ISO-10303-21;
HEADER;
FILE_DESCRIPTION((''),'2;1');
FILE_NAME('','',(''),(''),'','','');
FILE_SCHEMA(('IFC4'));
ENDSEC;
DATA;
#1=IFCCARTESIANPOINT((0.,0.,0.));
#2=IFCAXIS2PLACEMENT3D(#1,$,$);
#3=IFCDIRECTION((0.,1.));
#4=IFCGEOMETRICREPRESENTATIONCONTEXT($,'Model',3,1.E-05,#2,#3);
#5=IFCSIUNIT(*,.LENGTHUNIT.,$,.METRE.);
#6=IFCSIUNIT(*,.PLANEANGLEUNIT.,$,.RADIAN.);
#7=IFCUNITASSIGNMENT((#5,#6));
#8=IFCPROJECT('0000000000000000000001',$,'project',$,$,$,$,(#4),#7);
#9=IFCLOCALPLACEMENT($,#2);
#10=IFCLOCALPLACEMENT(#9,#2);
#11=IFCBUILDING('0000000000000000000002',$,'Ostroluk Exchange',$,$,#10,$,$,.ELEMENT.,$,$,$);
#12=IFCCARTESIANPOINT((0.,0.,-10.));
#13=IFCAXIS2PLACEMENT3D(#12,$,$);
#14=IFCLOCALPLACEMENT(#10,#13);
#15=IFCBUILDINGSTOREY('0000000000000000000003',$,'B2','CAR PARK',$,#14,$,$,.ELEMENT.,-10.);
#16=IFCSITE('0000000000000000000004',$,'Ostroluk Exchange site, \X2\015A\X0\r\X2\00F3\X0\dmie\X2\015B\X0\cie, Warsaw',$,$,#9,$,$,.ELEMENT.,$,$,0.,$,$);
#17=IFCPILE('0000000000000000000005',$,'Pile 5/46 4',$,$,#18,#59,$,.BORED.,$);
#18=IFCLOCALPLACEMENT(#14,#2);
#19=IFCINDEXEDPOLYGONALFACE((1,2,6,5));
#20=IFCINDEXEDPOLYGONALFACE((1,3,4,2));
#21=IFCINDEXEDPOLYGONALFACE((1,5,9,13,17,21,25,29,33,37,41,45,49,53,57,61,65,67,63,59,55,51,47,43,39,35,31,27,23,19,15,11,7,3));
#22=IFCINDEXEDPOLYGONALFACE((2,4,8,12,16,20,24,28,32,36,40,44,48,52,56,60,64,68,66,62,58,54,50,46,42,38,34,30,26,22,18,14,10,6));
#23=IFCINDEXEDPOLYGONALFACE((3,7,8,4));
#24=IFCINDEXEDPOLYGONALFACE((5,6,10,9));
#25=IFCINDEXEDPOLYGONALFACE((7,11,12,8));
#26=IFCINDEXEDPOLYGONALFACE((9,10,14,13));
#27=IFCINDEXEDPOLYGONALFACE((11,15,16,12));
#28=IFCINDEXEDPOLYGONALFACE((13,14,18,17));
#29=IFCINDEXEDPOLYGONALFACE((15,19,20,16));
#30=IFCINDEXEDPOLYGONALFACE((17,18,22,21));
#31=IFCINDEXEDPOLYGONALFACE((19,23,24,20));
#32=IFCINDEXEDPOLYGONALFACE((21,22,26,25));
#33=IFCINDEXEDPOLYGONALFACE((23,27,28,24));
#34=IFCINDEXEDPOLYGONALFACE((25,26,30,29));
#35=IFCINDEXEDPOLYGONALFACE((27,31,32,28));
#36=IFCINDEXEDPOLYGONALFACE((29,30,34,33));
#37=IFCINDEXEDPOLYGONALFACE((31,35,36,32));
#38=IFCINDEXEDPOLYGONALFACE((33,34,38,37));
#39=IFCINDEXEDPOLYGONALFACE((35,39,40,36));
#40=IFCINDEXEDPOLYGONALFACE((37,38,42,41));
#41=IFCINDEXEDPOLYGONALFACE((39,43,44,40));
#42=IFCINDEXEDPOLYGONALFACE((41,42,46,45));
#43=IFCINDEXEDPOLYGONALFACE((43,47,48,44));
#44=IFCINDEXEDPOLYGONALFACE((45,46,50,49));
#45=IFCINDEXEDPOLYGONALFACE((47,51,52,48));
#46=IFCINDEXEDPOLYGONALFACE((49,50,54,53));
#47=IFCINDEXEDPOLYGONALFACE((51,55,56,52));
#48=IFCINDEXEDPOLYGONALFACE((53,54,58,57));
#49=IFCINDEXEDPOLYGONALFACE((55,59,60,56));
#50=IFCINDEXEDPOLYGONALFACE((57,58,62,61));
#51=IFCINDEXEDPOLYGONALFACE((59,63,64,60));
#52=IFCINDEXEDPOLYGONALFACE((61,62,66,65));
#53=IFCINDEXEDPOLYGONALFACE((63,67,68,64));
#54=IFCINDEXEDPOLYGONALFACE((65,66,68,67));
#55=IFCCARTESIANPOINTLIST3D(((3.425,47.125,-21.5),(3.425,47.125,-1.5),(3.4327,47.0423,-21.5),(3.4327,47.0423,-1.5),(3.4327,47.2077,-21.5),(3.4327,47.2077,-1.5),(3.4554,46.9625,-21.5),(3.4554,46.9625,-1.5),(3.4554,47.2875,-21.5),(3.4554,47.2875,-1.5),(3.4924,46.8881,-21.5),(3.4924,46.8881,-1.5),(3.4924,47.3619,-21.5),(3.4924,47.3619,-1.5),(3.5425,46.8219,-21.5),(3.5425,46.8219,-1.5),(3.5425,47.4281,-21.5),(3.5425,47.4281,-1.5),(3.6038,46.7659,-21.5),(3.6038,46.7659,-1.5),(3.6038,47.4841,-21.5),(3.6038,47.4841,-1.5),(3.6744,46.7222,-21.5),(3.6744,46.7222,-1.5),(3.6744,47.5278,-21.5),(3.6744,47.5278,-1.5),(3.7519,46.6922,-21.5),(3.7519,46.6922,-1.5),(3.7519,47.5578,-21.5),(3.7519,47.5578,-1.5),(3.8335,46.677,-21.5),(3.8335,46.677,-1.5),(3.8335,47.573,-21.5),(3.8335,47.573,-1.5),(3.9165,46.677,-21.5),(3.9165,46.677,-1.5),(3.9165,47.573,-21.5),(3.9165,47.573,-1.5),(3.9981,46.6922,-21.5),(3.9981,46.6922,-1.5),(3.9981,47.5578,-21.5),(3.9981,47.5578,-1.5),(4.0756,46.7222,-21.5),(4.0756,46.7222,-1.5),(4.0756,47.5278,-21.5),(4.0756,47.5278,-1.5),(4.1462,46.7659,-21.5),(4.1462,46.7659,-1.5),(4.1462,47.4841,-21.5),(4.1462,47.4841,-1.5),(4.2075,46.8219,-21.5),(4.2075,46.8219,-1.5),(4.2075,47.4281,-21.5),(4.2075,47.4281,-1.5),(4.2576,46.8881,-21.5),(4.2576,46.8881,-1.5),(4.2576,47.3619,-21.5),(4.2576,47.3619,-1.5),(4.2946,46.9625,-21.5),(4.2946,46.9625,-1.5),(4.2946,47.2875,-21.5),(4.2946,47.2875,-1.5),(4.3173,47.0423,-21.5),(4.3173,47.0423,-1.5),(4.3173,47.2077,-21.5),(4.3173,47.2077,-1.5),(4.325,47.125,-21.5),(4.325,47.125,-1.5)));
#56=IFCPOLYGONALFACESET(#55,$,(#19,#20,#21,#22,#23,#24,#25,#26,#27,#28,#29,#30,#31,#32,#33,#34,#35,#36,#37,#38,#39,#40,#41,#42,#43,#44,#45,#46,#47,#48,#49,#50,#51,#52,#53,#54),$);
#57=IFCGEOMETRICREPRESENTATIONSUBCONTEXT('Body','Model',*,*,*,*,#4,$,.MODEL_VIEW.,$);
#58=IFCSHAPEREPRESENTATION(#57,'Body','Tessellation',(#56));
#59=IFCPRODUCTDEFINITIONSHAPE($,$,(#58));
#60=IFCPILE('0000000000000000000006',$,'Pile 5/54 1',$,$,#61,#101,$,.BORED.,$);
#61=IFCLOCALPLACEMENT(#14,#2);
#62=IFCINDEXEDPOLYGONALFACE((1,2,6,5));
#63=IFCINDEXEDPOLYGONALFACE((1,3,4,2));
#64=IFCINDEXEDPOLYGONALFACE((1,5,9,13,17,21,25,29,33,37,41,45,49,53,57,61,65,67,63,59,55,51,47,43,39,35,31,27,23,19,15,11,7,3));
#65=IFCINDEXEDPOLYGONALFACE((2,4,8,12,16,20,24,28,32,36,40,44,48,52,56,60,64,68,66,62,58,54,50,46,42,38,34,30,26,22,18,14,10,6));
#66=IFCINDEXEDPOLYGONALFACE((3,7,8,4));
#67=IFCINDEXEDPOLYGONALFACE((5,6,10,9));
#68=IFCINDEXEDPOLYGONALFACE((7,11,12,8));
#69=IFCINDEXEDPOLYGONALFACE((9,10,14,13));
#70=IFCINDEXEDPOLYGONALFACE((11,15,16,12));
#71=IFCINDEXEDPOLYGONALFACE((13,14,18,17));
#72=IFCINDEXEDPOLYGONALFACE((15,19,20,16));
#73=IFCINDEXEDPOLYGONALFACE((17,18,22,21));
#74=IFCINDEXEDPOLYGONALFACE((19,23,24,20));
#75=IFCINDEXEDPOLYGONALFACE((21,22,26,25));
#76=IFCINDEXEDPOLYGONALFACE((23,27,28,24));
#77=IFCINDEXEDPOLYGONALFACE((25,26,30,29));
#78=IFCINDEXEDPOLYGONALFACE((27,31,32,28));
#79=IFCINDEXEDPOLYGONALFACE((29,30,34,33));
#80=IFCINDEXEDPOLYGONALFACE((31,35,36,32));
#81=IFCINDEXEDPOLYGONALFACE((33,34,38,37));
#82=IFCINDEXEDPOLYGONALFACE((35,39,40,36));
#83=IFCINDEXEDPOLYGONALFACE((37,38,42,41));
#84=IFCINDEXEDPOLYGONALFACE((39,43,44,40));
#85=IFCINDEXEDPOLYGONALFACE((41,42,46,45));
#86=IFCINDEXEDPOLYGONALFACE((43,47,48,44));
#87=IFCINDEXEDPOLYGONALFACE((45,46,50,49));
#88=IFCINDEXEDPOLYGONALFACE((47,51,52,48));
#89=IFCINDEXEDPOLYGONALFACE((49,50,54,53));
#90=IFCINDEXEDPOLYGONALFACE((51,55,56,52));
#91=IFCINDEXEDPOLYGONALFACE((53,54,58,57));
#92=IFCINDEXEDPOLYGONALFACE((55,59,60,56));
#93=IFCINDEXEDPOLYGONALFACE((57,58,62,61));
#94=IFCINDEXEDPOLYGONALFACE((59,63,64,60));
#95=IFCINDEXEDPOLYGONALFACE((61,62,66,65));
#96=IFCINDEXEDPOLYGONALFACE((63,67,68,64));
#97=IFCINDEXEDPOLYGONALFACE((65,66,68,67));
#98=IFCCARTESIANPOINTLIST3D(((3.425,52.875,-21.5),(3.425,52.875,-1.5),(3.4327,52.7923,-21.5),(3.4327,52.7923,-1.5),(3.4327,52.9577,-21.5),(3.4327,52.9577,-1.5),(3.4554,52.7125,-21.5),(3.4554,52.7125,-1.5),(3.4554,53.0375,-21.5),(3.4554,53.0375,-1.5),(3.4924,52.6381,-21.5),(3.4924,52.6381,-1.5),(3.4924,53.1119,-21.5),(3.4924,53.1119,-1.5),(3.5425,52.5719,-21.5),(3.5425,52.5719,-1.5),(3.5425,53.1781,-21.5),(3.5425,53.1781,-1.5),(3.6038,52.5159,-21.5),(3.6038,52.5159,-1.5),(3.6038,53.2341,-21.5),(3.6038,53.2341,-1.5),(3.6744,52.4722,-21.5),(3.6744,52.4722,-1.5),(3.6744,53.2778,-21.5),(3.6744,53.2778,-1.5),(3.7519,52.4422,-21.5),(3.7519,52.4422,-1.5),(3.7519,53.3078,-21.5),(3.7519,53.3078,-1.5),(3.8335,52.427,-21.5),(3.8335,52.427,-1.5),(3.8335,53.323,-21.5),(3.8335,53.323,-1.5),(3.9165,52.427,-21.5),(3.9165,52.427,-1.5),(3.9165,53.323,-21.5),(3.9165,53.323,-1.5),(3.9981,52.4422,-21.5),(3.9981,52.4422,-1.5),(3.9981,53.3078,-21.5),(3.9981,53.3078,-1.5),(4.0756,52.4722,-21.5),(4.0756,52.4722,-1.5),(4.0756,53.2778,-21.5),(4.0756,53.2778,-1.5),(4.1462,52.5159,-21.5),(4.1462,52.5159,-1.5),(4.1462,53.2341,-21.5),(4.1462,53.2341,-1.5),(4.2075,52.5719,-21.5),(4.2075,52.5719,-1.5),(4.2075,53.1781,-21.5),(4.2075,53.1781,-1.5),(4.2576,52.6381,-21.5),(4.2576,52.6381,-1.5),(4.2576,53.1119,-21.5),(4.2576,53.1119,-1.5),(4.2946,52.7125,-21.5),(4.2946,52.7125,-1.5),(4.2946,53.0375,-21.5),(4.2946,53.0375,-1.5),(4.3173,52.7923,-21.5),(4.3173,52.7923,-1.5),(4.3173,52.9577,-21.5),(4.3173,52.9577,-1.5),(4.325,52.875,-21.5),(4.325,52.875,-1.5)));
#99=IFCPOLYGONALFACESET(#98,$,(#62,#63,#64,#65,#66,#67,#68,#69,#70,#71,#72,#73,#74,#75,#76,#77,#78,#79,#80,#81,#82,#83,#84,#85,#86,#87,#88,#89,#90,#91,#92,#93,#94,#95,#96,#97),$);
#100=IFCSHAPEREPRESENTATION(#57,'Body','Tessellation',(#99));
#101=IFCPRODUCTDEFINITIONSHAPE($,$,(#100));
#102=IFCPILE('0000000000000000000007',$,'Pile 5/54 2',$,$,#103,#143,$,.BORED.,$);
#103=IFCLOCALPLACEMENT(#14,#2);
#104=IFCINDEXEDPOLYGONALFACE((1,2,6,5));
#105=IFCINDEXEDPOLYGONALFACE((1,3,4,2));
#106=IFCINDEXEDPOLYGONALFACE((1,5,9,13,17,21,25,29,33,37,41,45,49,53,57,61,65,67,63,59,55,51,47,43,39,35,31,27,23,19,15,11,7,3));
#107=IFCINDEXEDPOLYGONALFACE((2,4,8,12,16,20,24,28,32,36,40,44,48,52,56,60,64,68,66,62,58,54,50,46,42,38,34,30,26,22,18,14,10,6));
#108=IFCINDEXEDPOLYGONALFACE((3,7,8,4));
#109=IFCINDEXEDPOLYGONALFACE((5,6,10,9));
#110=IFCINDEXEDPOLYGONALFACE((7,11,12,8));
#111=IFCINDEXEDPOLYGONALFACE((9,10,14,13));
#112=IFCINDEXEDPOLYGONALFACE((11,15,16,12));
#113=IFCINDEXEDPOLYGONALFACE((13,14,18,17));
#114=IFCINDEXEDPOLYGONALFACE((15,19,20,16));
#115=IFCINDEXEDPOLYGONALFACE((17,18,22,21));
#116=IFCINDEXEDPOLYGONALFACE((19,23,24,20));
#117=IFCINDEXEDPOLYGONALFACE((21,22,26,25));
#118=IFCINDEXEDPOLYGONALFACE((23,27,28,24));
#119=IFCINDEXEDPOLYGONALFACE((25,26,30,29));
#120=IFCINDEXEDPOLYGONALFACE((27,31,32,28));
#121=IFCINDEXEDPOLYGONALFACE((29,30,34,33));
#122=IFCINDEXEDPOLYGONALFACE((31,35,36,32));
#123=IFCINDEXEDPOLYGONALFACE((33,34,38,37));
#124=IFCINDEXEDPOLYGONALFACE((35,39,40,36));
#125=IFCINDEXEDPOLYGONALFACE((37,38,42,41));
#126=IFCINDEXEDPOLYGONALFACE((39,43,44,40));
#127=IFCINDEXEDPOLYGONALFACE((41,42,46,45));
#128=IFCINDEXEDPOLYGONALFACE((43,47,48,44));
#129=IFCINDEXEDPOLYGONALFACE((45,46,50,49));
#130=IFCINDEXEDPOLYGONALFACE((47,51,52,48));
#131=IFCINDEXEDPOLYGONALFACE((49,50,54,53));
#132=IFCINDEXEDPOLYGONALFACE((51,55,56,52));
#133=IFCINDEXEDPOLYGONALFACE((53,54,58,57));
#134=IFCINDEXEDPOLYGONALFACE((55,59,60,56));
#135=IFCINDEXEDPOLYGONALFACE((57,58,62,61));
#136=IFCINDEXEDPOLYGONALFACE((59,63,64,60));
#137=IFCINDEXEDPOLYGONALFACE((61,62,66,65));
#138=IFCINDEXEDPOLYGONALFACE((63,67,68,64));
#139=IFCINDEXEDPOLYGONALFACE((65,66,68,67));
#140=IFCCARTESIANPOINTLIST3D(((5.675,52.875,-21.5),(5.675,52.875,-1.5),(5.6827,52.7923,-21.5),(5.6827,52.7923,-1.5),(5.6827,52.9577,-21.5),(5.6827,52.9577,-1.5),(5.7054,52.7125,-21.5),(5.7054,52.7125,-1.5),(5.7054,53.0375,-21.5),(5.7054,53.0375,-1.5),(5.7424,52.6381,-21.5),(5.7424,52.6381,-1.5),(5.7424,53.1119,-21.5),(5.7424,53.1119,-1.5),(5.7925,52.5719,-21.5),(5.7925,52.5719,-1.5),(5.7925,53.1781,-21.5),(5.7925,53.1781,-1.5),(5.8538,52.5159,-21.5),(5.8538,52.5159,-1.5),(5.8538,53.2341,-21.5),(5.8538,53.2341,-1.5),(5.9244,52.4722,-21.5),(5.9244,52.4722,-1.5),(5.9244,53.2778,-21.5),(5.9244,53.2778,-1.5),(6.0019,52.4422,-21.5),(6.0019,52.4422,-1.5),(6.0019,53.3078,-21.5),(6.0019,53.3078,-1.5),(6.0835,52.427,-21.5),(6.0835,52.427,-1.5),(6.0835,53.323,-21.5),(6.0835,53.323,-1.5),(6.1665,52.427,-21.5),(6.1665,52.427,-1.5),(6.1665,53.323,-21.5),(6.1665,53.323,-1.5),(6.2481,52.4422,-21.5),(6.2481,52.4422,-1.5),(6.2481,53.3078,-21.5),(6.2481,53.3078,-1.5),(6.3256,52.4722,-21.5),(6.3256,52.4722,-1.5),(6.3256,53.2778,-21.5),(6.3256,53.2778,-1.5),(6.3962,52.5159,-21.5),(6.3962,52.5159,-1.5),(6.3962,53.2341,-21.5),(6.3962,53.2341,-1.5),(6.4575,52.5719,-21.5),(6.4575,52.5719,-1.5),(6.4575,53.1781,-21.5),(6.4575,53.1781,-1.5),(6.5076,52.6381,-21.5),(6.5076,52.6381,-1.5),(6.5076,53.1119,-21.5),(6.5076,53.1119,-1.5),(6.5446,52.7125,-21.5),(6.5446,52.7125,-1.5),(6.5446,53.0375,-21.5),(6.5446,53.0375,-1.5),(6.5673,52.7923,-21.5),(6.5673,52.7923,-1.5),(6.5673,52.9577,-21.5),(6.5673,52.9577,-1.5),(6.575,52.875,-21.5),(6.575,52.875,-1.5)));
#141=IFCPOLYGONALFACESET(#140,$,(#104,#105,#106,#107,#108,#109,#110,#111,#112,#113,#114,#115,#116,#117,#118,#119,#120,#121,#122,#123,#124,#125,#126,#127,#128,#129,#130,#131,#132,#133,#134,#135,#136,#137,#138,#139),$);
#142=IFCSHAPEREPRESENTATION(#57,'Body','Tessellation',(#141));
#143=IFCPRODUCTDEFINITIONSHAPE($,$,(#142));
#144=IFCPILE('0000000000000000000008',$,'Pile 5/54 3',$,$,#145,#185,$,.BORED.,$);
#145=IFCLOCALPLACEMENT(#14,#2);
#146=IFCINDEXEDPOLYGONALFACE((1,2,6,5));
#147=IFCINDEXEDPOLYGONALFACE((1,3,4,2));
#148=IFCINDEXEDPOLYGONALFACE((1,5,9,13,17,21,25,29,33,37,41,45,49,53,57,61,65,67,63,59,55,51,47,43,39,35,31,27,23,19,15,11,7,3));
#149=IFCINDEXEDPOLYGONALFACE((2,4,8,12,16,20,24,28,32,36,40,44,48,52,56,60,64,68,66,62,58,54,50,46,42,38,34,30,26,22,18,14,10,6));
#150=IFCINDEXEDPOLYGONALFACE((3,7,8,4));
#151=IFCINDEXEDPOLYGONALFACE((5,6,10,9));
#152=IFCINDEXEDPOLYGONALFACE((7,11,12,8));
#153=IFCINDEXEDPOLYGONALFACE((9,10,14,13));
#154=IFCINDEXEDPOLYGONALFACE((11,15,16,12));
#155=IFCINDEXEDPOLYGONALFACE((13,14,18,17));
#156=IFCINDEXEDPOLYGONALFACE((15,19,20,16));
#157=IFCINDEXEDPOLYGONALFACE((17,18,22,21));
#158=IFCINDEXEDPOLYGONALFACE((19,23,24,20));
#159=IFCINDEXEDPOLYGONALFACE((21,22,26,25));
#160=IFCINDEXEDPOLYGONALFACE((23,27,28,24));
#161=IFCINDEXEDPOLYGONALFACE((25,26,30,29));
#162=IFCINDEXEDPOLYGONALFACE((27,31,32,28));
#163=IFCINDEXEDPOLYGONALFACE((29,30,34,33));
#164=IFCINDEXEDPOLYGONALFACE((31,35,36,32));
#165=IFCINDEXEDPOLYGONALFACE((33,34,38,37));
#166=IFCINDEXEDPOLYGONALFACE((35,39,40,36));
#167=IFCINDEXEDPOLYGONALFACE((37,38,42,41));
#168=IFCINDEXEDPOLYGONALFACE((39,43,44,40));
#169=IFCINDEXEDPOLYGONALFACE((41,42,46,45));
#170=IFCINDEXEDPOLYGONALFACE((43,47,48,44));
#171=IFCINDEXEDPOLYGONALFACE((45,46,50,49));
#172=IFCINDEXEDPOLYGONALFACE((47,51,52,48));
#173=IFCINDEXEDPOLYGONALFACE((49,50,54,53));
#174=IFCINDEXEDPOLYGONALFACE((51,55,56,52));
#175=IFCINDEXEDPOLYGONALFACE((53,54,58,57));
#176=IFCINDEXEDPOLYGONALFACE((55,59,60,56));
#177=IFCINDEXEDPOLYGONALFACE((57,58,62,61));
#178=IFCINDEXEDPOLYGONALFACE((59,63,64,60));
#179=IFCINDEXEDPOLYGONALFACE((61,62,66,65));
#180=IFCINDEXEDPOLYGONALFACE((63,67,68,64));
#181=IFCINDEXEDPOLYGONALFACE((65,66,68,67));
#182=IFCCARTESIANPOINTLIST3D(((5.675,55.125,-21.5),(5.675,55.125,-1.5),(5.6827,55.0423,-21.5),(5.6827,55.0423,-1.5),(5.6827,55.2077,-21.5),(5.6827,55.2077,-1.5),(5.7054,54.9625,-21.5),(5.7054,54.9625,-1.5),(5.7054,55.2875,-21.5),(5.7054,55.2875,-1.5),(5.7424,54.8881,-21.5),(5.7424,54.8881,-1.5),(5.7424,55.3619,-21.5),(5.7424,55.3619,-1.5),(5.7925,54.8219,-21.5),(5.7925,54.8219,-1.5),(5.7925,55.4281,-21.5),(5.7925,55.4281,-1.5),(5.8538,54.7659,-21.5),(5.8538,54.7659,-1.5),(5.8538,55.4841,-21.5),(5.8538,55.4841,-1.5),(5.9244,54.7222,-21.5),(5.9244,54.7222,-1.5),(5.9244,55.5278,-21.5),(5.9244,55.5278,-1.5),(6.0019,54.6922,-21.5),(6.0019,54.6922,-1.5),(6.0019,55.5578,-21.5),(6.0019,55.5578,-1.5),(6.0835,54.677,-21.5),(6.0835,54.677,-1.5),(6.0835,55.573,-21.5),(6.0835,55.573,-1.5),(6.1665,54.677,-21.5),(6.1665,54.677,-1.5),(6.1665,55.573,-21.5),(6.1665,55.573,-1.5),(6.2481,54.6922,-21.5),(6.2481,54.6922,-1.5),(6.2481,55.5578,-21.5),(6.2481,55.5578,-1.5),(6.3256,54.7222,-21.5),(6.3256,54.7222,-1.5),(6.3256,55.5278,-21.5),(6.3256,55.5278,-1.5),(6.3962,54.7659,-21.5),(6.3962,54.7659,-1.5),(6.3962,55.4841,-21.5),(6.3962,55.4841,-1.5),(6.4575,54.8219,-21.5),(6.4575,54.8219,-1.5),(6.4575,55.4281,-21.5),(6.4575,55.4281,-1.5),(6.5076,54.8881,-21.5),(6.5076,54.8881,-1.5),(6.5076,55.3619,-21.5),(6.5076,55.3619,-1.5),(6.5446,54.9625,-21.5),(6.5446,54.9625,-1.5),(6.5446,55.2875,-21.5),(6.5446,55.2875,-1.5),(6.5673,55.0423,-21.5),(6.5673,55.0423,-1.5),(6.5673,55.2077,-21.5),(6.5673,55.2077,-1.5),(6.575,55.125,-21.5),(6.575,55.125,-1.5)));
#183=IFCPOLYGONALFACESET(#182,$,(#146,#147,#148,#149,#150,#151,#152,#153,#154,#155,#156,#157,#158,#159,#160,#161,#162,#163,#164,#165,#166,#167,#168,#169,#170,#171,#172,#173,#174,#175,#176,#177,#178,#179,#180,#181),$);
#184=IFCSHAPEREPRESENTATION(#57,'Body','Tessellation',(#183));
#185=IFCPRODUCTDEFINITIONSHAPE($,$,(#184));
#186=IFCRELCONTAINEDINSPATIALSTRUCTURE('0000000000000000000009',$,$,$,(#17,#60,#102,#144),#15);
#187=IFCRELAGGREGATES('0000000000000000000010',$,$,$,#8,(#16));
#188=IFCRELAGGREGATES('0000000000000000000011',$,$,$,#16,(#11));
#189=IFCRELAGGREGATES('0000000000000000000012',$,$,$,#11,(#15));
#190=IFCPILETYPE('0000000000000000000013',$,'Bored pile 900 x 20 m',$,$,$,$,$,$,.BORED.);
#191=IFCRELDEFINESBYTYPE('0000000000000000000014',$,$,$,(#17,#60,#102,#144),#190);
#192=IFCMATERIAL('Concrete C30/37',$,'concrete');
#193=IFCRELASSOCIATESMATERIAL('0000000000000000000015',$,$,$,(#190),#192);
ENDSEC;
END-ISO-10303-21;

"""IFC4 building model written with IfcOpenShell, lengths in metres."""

from ifc_helpers import new_model, si_unit, direction, frame, origin, origin_2d, place, context, subcontext, project, spatial, circle, extrude, material, type_object, element, save


model = new_model("IFC4")

# Units and contexts
model_context = context("Model", 3, precision=1e-05, world=origin(), true_north=direction((0.0, 1.0)))
body_context = subcontext(model_context, "Body", "Model", "MODEL_VIEW")
ifc_project = project(units=[si_unit("LENGTHUNIT", "METRE"), si_unit("PLANEANGLEUNIT", "RADIAN")], contexts=[model_context])

# Site, building, storey
site_placement = place(None, origin())
site = spatial("IfcSite", under=ifc_project, at=site_placement, Name="Ostroluk Exchange site, Śródmieście, Warsaw", CompositionType="ELEMENT", RefElevation=0.0)
building_placement = place(site_placement, origin())
building = spatial("IfcBuilding", under=site, at=building_placement, Name="Ostroluk Exchange", CompositionType="ELEMENT")
storey_placement = place(building_placement, frame((0.0, 0.0, -10.0)))
storey = spatial("IfcBuildingStorey", under=building, at=storey_placement, Name="B2", Description="CAR PARK", CompositionType="ELEMENT", Elevation=-10.0)

# Piles
ifc_material_1 = material(Name="Concrete C30/37", Category="concrete")
pile_type_1 = type_object("IfcPileType", Name="Bored pile 900 x 20 m", PredefinedType="BORED", material=ifc_material_1)
for number, where, z_axis, x_axis, name in (
    (1, (3.875, 47.125, -1.5), (0.0, 0.0, -1.0), (1.0, 0.0, 0.0), "Pile 5/46 4"),
    (2, (3.875, 52.875, -1.5), (0.0, 0.0, -1.0), (1.0, 0.0, 0.0), "Pile 5/54 1"),
    (3, (6.125, 52.875, -1.5), (0.0, 0.0, -1.0), (1.0, 0.0, 0.0), "Pile 5/54 2"),
    (4, (6.125, 55.125, -1.5), (0.0, 0.0, -1.0), (1.0, 0.0, 0.0), "Pile 5/54 3"),
):
    element("IfcPile", number, at=place(storey_placement, frame(where, z_axis=z_axis, x_axis=x_axis)), inside=storey, type_object=pile_type_1, Name=name, PredefinedType="BORED", context=body_context, shape_type="SweptSolid", body=[
        extrude(circle(Radius=0.45, at=origin_2d()), origin(), (0.0, 0.0, 1.0), 20.0),
    ])

save(model, "model.ifc")
